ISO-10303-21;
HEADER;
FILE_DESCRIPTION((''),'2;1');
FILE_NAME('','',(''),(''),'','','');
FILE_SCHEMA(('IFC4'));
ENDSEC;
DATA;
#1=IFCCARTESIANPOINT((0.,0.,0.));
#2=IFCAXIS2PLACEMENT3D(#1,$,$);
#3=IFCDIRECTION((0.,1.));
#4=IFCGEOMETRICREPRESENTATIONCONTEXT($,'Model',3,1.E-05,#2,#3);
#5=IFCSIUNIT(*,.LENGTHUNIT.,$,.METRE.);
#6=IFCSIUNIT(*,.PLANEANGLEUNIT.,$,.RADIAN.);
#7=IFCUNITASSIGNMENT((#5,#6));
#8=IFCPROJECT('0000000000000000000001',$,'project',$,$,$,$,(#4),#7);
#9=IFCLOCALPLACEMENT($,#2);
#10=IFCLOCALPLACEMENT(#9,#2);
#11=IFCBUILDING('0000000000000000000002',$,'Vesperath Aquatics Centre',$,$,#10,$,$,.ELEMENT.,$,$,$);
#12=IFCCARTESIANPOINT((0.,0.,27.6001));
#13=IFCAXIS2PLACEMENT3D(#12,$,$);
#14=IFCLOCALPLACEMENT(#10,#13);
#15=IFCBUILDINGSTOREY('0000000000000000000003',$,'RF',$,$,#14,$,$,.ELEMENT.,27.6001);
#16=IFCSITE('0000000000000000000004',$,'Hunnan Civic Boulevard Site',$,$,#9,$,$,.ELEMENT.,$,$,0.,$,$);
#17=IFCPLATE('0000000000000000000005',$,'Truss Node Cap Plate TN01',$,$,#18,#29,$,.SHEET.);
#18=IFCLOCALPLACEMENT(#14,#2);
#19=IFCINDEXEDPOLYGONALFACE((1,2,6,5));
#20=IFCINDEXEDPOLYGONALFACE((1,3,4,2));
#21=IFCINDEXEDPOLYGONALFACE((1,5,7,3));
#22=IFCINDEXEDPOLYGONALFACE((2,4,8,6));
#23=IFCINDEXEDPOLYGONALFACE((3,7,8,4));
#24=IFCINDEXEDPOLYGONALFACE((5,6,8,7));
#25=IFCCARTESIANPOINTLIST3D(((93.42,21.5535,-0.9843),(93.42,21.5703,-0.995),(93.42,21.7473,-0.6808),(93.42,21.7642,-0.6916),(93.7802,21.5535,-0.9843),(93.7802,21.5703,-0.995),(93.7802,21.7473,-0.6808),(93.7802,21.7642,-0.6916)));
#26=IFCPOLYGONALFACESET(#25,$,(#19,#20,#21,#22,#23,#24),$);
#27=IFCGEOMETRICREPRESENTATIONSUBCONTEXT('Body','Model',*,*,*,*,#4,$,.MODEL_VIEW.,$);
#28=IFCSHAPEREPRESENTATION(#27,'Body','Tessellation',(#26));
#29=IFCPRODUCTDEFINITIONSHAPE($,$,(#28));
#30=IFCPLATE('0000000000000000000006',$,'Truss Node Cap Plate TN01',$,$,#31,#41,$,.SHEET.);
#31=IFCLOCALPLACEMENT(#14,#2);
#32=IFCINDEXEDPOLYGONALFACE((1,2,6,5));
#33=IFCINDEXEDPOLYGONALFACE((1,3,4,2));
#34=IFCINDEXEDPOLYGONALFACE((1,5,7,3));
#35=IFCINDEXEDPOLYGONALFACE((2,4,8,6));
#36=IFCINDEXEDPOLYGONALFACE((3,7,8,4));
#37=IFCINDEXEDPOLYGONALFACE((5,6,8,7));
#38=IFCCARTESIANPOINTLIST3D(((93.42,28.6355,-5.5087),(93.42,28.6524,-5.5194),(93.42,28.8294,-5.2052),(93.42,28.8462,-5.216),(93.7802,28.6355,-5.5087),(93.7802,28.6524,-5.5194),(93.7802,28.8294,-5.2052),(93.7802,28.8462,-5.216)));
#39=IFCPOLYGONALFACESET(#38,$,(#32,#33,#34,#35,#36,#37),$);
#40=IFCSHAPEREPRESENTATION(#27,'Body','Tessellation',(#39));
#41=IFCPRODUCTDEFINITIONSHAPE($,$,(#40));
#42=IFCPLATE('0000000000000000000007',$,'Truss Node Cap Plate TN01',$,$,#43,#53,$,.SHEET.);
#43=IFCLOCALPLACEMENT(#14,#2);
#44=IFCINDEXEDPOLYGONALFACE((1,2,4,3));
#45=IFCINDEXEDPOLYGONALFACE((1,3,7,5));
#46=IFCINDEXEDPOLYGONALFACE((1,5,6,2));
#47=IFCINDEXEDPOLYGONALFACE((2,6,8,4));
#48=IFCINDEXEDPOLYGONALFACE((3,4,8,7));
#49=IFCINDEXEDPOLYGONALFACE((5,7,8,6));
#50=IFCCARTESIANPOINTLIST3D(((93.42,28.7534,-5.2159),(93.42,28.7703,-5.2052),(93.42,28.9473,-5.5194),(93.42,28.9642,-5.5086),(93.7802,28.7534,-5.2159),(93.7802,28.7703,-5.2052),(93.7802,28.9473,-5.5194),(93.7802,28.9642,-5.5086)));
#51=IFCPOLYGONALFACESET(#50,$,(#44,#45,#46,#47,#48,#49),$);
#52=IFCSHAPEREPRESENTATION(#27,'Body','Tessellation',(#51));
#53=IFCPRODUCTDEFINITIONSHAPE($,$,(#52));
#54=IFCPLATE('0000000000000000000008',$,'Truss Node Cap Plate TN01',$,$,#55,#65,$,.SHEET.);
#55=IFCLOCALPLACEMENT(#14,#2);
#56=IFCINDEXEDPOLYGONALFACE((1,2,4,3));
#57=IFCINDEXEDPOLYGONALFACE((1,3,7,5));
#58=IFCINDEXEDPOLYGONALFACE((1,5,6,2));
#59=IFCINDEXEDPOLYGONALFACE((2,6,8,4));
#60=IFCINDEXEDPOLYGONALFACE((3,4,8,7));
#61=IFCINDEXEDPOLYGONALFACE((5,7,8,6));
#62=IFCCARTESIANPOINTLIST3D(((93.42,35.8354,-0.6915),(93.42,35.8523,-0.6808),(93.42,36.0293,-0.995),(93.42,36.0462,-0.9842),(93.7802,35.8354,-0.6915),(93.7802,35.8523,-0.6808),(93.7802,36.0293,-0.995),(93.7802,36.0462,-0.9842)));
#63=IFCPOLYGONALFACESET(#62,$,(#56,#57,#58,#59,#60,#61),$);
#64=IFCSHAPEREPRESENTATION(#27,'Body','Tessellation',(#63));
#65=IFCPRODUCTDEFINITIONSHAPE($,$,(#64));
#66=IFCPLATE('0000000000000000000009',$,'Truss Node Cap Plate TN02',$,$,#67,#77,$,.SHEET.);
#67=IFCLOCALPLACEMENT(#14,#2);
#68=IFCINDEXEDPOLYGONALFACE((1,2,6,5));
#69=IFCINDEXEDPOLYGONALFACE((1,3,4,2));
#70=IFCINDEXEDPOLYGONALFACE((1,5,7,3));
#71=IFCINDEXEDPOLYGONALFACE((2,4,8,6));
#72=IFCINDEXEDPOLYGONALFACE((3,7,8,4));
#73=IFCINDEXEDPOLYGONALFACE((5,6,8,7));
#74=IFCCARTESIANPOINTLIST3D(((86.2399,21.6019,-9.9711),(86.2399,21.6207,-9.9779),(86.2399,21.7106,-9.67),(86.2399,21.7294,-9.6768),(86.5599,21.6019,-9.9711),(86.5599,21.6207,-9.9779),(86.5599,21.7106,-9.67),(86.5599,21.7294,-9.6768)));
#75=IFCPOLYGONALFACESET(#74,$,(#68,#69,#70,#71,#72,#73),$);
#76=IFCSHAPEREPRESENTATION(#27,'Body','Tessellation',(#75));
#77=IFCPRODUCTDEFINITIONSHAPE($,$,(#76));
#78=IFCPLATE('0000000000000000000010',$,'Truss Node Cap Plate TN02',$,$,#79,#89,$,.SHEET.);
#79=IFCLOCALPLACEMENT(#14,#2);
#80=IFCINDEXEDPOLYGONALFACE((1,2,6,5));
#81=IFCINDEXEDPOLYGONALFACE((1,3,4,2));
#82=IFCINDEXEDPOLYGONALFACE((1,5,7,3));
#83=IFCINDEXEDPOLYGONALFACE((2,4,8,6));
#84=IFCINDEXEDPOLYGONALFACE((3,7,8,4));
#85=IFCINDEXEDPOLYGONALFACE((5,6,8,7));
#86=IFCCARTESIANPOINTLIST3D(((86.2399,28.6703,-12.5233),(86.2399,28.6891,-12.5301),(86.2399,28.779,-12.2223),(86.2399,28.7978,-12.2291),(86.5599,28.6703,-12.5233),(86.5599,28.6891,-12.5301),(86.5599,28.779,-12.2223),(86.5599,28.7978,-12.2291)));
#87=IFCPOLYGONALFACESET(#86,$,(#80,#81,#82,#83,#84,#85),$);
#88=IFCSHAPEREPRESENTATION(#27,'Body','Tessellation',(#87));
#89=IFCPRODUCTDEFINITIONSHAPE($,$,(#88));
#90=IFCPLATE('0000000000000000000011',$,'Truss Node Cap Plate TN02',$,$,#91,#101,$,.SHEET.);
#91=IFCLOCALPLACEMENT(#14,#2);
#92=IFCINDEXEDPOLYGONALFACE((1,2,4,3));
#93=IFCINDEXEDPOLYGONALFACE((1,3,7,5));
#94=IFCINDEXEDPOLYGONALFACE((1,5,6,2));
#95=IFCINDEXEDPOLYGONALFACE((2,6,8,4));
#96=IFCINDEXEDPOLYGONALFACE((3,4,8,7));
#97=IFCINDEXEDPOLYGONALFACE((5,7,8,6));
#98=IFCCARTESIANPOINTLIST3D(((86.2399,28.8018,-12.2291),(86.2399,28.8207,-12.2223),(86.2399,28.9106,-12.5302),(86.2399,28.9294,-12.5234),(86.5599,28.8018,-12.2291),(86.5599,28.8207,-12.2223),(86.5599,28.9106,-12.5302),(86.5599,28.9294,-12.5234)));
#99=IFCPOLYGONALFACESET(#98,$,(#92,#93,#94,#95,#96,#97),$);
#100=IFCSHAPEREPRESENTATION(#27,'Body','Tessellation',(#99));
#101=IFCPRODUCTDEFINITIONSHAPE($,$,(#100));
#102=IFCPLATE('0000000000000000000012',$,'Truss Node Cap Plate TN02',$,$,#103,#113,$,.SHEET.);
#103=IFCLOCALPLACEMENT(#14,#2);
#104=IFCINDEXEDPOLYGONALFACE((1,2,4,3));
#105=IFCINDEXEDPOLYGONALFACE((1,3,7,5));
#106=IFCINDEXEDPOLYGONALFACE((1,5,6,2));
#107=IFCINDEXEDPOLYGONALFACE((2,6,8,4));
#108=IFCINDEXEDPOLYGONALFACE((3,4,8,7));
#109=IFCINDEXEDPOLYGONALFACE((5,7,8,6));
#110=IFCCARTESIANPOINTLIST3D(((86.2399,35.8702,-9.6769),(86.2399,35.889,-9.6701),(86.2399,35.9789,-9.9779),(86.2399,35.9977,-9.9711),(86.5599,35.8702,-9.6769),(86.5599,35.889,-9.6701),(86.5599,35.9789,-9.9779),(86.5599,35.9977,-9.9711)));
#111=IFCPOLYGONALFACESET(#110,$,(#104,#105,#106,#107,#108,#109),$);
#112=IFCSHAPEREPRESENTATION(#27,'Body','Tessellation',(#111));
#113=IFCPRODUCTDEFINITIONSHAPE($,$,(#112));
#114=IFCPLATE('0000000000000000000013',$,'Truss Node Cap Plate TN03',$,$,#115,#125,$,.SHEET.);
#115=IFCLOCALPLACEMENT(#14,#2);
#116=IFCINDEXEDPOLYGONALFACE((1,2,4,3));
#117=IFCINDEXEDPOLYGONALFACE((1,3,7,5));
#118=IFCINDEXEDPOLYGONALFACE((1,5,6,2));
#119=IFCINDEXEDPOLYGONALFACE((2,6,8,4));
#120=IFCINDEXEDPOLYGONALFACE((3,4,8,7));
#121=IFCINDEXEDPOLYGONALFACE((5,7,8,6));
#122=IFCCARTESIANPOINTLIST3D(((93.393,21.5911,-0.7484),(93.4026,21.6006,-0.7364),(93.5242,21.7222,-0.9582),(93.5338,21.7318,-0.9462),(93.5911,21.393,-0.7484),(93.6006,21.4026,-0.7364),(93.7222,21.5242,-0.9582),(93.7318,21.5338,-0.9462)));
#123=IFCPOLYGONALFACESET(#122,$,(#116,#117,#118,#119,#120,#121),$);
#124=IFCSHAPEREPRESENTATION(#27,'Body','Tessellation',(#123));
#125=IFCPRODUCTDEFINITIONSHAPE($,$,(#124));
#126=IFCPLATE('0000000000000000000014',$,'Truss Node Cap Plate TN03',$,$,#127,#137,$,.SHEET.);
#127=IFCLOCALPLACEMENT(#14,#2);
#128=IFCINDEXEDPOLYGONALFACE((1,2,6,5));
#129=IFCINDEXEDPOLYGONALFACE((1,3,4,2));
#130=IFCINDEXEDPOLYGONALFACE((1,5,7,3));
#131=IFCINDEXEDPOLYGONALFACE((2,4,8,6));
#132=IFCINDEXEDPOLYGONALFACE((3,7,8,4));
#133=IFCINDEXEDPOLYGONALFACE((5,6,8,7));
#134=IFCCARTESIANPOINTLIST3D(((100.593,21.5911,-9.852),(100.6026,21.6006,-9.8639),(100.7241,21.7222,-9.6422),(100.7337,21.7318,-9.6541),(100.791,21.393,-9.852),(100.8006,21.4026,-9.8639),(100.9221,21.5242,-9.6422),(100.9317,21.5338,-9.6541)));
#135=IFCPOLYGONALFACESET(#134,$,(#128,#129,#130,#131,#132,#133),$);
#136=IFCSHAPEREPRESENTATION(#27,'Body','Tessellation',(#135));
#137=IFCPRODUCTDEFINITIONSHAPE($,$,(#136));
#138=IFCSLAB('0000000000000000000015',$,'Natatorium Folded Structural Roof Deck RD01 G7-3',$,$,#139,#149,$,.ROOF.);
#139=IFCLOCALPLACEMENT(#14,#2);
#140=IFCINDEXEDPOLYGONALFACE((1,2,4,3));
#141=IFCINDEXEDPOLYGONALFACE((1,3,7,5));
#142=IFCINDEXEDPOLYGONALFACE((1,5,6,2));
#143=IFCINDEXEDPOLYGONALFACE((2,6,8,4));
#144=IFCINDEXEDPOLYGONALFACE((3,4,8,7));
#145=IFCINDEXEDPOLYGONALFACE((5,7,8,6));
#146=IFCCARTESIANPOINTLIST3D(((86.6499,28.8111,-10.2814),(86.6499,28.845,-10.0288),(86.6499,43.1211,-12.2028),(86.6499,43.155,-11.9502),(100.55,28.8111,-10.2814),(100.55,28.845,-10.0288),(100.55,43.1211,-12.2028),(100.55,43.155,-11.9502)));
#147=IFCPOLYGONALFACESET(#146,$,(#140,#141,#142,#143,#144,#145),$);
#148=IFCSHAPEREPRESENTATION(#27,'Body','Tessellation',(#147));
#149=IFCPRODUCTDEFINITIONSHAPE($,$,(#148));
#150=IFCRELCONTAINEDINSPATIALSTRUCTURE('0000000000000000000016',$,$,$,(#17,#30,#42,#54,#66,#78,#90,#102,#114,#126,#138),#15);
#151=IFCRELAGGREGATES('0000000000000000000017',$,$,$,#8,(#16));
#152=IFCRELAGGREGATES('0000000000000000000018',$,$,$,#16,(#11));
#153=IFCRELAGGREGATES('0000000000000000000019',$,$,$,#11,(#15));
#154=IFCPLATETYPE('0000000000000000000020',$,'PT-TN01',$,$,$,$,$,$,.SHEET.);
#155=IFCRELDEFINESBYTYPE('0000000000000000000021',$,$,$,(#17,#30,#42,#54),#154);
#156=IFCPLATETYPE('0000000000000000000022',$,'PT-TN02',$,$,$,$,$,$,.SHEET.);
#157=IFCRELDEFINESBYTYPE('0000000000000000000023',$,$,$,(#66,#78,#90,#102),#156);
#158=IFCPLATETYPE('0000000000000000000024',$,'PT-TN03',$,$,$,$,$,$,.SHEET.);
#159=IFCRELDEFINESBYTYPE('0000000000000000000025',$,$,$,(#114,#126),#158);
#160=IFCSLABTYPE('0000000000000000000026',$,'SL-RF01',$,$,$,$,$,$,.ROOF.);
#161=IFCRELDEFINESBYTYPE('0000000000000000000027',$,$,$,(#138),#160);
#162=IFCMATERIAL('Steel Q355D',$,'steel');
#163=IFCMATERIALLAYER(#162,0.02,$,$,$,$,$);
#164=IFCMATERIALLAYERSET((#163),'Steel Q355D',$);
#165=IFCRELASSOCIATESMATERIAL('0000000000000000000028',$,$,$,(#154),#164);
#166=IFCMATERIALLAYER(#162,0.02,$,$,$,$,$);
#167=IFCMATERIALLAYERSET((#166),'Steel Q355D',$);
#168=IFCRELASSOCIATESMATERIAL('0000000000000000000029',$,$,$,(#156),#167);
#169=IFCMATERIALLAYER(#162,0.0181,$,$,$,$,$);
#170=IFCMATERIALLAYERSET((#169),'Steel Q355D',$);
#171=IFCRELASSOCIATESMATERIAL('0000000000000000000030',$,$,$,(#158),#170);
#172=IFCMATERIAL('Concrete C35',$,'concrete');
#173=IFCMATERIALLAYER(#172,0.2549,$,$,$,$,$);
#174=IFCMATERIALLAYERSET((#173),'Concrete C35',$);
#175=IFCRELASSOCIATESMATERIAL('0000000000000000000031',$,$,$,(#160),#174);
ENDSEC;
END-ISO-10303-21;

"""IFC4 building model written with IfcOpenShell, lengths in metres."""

from ifc_helpers import new_model, si_unit, direction, frame, origin, origin_2d, place, context, subcontext, project, spatial, polyline, rectangle, outline, extrude, material, layer, layer_set, type_object, element, save


model = new_model("IFC4")

# Units and contexts
model_context = context("Model", 3, precision=1e-05, world=origin(), true_north=direction((0.0, 1.0)))
body_context = subcontext(model_context, "Body", "Model", "MODEL_VIEW")
ifc_project = project(units=[si_unit("LENGTHUNIT", "METRE"), si_unit("PLANEANGLEUNIT", "RADIAN")], contexts=[model_context])

# Site, building, storey
site_placement = place(None, origin())
site = spatial("IfcSite", under=ifc_project, at=site_placement, Name="Hunnan Civic Boulevard Site", CompositionType="ELEMENT", RefElevation=0.0)
building_placement = place(site_placement, origin())
building = spatial("IfcBuilding", under=site, at=building_placement, Name="Vesperath Aquatics Centre", CompositionType="ELEMENT")
storey_placement = place(building_placement, frame((0.0, 0.0, 27.6001)))
storey = spatial("IfcBuildingStorey", under=building, at=storey_placement, Name="RF", CompositionType="ELEMENT", Elevation=27.6001)

# Shared definitions
ifc_material_1 = material(Name="Steel Q355D", Category="steel")

# Plates
ifc_layer_1 = layer(ifc_material_1, 0.02)
ifc_layer_set_1 = layer_set([ifc_layer_1], Name="Steel Q355D")
plate_type_1 = type_object("IfcPlateType", Name="PT-TN01", PredefinedType="SHEET", material=ifc_layer_set_1)
for number, where, z_axis, x_axis, name in (
    (1, (93.6001, 21.6504, -0.8325), (0.0, 0.842696, -0.538389), (-1.0, 0.0, 0.0), "Truss Node Cap Plate TN01"),
    (2, (93.6001, 28.7324, -5.3569), (0.0, 0.842696, -0.538389), (-1.0, 0.0, 0.0), "Truss Node Cap Plate TN01"),
    (3, (93.6001, 28.8503, -5.3677), (0.0, 0.842696, 0.538389), (-1.0, 0.0, 0.0), "Truss Node Cap Plate TN01"),
    (4, (93.6001, 35.9324, -0.8433), (0.0, 0.842696, 0.538389), (-1.0, 0.0, 0.0), "Truss Node Cap Plate TN01"),
):
    element("IfcPlate", number, at=place(storey_placement, frame(where, z_axis=z_axis, x_axis=x_axis)), inside=storey, type_object=plate_type_1, Name=name, PredefinedType="SHEET", context=body_context, shape_type="SweptSolid", body=[
        extrude(rectangle(XDim=0.3601, YDim=0.3601, at=origin_2d()), origin(), (0.0, 0.0, 1.0), 0.02),
    ])
ifc_layer_2 = layer(ifc_material_1, 0.02)
ifc_layer_set_2 = layer_set([ifc_layer_2], Name="Steel Q355D")
plate_type_2 = type_object("IfcPlateType", Name="PT-TN02", PredefinedType="SHEET", material=ifc_layer_set_2)
for number, where, z_axis, x_axis, name in (
    (5, (86.3999, 21.6562, -9.8206), (0.0, 0.940554, -0.339644), (-1.0, 0.0, 0.0), "Truss Node Cap Plate TN02"),
    (6, (86.3999, 28.7246, -12.3728), (0.0, 0.940554, -0.339644), (-1.0, 0.0, 0.0), "Truss Node Cap Plate TN02"),
    (7, (86.3999, 28.8562, -12.3796), (0.0, 0.940554, 0.339644), (-1.0, 0.0, 0.0), "Truss Node Cap Plate TN02"),
    (8, (86.3999, 35.9246, -9.8274), (0.0, 0.940554, 0.339644), (-1.0, 0.0, 0.0), "Truss Node Cap Plate TN02"),
):
    element("IfcPlate", number, at=place(storey_placement, frame(where, z_axis=z_axis, x_axis=x_axis)), inside=storey, type_object=plate_type_2, Name=name, PredefinedType="SHEET", context=body_context, shape_type="SweptSolid", body=[
        extrude(rectangle(XDim=0.3201, YDim=0.3201, at=origin_2d()), origin(), (0.0, 0.0, 1.0), 0.02),
    ])
ifc_layer_3 = layer(ifc_material_1, 0.0181)
ifc_layer_set_3 = layer_set([ifc_layer_3], Name="Steel Q355D")
plate_type_3 = type_object("IfcPlateType", Name="PT-TN03", PredefinedType="SHEET", material=ifc_layer_set_3)
for number, where, z_axis, x_axis, name in (
    (9, (93.5576, 21.5576, -0.8533), (0.529813, 0.529813, 0.662266), (-0.707107, 0.707107, 0.0), "Truss Node Cap Plate TN03"),
    (10, (100.7576, 21.5576, -9.7471), (0.529813, 0.529813, -0.662266), (-0.707107, 0.707107, 0.0), "Truss Node Cap Plate TN03"),
):
    element("IfcPlate", number, at=place(storey_placement, frame(where, z_axis=z_axis, x_axis=x_axis)), inside=storey, type_object=plate_type_3, Name=name, PredefinedType="SHEET", context=body_context, shape_type="SweptSolid", body=[
        extrude(rectangle(XDim=0.28, YDim=0.28, at=origin_2d()), origin(), (0.0, 0.0, 1.0), 0.0181),
    ])

# Slab
ifc_material_2 = material(Name="Concrete C35", Category="concrete")
ifc_layer_4 = layer(ifc_material_2, 0.2549)
ifc_layer_set_4 = layer_set([ifc_layer_4], Name="Concrete C35")
slab_type = type_object("IfcSlabType", Name="SL-RF01", PredefinedType="ROOF", material=ifc_layer_set_4)
slab_placement = place(storey_placement, frame((86.6499, 28.845, -10.0288), z_axis=(0.0, 0.133074, 0.991106), x_axis=(1.0, 0.0, 0.0)))
element("IfcSlab", 11, at=slab_placement, inside=storey, type_object=slab_type, Name="Natatorium Folded Structural Roof Deck RD01 G7-3", PredefinedType="ROOF", context=body_context, shape_type="SweptSolid", body=[
    extrude(outline(polyline([(0.0, 0.0), (13.9001, 0.0), (13.9001, 14.4385), (0.0, 14.4385), (0.0, 0.0)])), origin(), (0.0, 0.0, -1.0), 0.2549),
])

save(model, "model.ifc")
